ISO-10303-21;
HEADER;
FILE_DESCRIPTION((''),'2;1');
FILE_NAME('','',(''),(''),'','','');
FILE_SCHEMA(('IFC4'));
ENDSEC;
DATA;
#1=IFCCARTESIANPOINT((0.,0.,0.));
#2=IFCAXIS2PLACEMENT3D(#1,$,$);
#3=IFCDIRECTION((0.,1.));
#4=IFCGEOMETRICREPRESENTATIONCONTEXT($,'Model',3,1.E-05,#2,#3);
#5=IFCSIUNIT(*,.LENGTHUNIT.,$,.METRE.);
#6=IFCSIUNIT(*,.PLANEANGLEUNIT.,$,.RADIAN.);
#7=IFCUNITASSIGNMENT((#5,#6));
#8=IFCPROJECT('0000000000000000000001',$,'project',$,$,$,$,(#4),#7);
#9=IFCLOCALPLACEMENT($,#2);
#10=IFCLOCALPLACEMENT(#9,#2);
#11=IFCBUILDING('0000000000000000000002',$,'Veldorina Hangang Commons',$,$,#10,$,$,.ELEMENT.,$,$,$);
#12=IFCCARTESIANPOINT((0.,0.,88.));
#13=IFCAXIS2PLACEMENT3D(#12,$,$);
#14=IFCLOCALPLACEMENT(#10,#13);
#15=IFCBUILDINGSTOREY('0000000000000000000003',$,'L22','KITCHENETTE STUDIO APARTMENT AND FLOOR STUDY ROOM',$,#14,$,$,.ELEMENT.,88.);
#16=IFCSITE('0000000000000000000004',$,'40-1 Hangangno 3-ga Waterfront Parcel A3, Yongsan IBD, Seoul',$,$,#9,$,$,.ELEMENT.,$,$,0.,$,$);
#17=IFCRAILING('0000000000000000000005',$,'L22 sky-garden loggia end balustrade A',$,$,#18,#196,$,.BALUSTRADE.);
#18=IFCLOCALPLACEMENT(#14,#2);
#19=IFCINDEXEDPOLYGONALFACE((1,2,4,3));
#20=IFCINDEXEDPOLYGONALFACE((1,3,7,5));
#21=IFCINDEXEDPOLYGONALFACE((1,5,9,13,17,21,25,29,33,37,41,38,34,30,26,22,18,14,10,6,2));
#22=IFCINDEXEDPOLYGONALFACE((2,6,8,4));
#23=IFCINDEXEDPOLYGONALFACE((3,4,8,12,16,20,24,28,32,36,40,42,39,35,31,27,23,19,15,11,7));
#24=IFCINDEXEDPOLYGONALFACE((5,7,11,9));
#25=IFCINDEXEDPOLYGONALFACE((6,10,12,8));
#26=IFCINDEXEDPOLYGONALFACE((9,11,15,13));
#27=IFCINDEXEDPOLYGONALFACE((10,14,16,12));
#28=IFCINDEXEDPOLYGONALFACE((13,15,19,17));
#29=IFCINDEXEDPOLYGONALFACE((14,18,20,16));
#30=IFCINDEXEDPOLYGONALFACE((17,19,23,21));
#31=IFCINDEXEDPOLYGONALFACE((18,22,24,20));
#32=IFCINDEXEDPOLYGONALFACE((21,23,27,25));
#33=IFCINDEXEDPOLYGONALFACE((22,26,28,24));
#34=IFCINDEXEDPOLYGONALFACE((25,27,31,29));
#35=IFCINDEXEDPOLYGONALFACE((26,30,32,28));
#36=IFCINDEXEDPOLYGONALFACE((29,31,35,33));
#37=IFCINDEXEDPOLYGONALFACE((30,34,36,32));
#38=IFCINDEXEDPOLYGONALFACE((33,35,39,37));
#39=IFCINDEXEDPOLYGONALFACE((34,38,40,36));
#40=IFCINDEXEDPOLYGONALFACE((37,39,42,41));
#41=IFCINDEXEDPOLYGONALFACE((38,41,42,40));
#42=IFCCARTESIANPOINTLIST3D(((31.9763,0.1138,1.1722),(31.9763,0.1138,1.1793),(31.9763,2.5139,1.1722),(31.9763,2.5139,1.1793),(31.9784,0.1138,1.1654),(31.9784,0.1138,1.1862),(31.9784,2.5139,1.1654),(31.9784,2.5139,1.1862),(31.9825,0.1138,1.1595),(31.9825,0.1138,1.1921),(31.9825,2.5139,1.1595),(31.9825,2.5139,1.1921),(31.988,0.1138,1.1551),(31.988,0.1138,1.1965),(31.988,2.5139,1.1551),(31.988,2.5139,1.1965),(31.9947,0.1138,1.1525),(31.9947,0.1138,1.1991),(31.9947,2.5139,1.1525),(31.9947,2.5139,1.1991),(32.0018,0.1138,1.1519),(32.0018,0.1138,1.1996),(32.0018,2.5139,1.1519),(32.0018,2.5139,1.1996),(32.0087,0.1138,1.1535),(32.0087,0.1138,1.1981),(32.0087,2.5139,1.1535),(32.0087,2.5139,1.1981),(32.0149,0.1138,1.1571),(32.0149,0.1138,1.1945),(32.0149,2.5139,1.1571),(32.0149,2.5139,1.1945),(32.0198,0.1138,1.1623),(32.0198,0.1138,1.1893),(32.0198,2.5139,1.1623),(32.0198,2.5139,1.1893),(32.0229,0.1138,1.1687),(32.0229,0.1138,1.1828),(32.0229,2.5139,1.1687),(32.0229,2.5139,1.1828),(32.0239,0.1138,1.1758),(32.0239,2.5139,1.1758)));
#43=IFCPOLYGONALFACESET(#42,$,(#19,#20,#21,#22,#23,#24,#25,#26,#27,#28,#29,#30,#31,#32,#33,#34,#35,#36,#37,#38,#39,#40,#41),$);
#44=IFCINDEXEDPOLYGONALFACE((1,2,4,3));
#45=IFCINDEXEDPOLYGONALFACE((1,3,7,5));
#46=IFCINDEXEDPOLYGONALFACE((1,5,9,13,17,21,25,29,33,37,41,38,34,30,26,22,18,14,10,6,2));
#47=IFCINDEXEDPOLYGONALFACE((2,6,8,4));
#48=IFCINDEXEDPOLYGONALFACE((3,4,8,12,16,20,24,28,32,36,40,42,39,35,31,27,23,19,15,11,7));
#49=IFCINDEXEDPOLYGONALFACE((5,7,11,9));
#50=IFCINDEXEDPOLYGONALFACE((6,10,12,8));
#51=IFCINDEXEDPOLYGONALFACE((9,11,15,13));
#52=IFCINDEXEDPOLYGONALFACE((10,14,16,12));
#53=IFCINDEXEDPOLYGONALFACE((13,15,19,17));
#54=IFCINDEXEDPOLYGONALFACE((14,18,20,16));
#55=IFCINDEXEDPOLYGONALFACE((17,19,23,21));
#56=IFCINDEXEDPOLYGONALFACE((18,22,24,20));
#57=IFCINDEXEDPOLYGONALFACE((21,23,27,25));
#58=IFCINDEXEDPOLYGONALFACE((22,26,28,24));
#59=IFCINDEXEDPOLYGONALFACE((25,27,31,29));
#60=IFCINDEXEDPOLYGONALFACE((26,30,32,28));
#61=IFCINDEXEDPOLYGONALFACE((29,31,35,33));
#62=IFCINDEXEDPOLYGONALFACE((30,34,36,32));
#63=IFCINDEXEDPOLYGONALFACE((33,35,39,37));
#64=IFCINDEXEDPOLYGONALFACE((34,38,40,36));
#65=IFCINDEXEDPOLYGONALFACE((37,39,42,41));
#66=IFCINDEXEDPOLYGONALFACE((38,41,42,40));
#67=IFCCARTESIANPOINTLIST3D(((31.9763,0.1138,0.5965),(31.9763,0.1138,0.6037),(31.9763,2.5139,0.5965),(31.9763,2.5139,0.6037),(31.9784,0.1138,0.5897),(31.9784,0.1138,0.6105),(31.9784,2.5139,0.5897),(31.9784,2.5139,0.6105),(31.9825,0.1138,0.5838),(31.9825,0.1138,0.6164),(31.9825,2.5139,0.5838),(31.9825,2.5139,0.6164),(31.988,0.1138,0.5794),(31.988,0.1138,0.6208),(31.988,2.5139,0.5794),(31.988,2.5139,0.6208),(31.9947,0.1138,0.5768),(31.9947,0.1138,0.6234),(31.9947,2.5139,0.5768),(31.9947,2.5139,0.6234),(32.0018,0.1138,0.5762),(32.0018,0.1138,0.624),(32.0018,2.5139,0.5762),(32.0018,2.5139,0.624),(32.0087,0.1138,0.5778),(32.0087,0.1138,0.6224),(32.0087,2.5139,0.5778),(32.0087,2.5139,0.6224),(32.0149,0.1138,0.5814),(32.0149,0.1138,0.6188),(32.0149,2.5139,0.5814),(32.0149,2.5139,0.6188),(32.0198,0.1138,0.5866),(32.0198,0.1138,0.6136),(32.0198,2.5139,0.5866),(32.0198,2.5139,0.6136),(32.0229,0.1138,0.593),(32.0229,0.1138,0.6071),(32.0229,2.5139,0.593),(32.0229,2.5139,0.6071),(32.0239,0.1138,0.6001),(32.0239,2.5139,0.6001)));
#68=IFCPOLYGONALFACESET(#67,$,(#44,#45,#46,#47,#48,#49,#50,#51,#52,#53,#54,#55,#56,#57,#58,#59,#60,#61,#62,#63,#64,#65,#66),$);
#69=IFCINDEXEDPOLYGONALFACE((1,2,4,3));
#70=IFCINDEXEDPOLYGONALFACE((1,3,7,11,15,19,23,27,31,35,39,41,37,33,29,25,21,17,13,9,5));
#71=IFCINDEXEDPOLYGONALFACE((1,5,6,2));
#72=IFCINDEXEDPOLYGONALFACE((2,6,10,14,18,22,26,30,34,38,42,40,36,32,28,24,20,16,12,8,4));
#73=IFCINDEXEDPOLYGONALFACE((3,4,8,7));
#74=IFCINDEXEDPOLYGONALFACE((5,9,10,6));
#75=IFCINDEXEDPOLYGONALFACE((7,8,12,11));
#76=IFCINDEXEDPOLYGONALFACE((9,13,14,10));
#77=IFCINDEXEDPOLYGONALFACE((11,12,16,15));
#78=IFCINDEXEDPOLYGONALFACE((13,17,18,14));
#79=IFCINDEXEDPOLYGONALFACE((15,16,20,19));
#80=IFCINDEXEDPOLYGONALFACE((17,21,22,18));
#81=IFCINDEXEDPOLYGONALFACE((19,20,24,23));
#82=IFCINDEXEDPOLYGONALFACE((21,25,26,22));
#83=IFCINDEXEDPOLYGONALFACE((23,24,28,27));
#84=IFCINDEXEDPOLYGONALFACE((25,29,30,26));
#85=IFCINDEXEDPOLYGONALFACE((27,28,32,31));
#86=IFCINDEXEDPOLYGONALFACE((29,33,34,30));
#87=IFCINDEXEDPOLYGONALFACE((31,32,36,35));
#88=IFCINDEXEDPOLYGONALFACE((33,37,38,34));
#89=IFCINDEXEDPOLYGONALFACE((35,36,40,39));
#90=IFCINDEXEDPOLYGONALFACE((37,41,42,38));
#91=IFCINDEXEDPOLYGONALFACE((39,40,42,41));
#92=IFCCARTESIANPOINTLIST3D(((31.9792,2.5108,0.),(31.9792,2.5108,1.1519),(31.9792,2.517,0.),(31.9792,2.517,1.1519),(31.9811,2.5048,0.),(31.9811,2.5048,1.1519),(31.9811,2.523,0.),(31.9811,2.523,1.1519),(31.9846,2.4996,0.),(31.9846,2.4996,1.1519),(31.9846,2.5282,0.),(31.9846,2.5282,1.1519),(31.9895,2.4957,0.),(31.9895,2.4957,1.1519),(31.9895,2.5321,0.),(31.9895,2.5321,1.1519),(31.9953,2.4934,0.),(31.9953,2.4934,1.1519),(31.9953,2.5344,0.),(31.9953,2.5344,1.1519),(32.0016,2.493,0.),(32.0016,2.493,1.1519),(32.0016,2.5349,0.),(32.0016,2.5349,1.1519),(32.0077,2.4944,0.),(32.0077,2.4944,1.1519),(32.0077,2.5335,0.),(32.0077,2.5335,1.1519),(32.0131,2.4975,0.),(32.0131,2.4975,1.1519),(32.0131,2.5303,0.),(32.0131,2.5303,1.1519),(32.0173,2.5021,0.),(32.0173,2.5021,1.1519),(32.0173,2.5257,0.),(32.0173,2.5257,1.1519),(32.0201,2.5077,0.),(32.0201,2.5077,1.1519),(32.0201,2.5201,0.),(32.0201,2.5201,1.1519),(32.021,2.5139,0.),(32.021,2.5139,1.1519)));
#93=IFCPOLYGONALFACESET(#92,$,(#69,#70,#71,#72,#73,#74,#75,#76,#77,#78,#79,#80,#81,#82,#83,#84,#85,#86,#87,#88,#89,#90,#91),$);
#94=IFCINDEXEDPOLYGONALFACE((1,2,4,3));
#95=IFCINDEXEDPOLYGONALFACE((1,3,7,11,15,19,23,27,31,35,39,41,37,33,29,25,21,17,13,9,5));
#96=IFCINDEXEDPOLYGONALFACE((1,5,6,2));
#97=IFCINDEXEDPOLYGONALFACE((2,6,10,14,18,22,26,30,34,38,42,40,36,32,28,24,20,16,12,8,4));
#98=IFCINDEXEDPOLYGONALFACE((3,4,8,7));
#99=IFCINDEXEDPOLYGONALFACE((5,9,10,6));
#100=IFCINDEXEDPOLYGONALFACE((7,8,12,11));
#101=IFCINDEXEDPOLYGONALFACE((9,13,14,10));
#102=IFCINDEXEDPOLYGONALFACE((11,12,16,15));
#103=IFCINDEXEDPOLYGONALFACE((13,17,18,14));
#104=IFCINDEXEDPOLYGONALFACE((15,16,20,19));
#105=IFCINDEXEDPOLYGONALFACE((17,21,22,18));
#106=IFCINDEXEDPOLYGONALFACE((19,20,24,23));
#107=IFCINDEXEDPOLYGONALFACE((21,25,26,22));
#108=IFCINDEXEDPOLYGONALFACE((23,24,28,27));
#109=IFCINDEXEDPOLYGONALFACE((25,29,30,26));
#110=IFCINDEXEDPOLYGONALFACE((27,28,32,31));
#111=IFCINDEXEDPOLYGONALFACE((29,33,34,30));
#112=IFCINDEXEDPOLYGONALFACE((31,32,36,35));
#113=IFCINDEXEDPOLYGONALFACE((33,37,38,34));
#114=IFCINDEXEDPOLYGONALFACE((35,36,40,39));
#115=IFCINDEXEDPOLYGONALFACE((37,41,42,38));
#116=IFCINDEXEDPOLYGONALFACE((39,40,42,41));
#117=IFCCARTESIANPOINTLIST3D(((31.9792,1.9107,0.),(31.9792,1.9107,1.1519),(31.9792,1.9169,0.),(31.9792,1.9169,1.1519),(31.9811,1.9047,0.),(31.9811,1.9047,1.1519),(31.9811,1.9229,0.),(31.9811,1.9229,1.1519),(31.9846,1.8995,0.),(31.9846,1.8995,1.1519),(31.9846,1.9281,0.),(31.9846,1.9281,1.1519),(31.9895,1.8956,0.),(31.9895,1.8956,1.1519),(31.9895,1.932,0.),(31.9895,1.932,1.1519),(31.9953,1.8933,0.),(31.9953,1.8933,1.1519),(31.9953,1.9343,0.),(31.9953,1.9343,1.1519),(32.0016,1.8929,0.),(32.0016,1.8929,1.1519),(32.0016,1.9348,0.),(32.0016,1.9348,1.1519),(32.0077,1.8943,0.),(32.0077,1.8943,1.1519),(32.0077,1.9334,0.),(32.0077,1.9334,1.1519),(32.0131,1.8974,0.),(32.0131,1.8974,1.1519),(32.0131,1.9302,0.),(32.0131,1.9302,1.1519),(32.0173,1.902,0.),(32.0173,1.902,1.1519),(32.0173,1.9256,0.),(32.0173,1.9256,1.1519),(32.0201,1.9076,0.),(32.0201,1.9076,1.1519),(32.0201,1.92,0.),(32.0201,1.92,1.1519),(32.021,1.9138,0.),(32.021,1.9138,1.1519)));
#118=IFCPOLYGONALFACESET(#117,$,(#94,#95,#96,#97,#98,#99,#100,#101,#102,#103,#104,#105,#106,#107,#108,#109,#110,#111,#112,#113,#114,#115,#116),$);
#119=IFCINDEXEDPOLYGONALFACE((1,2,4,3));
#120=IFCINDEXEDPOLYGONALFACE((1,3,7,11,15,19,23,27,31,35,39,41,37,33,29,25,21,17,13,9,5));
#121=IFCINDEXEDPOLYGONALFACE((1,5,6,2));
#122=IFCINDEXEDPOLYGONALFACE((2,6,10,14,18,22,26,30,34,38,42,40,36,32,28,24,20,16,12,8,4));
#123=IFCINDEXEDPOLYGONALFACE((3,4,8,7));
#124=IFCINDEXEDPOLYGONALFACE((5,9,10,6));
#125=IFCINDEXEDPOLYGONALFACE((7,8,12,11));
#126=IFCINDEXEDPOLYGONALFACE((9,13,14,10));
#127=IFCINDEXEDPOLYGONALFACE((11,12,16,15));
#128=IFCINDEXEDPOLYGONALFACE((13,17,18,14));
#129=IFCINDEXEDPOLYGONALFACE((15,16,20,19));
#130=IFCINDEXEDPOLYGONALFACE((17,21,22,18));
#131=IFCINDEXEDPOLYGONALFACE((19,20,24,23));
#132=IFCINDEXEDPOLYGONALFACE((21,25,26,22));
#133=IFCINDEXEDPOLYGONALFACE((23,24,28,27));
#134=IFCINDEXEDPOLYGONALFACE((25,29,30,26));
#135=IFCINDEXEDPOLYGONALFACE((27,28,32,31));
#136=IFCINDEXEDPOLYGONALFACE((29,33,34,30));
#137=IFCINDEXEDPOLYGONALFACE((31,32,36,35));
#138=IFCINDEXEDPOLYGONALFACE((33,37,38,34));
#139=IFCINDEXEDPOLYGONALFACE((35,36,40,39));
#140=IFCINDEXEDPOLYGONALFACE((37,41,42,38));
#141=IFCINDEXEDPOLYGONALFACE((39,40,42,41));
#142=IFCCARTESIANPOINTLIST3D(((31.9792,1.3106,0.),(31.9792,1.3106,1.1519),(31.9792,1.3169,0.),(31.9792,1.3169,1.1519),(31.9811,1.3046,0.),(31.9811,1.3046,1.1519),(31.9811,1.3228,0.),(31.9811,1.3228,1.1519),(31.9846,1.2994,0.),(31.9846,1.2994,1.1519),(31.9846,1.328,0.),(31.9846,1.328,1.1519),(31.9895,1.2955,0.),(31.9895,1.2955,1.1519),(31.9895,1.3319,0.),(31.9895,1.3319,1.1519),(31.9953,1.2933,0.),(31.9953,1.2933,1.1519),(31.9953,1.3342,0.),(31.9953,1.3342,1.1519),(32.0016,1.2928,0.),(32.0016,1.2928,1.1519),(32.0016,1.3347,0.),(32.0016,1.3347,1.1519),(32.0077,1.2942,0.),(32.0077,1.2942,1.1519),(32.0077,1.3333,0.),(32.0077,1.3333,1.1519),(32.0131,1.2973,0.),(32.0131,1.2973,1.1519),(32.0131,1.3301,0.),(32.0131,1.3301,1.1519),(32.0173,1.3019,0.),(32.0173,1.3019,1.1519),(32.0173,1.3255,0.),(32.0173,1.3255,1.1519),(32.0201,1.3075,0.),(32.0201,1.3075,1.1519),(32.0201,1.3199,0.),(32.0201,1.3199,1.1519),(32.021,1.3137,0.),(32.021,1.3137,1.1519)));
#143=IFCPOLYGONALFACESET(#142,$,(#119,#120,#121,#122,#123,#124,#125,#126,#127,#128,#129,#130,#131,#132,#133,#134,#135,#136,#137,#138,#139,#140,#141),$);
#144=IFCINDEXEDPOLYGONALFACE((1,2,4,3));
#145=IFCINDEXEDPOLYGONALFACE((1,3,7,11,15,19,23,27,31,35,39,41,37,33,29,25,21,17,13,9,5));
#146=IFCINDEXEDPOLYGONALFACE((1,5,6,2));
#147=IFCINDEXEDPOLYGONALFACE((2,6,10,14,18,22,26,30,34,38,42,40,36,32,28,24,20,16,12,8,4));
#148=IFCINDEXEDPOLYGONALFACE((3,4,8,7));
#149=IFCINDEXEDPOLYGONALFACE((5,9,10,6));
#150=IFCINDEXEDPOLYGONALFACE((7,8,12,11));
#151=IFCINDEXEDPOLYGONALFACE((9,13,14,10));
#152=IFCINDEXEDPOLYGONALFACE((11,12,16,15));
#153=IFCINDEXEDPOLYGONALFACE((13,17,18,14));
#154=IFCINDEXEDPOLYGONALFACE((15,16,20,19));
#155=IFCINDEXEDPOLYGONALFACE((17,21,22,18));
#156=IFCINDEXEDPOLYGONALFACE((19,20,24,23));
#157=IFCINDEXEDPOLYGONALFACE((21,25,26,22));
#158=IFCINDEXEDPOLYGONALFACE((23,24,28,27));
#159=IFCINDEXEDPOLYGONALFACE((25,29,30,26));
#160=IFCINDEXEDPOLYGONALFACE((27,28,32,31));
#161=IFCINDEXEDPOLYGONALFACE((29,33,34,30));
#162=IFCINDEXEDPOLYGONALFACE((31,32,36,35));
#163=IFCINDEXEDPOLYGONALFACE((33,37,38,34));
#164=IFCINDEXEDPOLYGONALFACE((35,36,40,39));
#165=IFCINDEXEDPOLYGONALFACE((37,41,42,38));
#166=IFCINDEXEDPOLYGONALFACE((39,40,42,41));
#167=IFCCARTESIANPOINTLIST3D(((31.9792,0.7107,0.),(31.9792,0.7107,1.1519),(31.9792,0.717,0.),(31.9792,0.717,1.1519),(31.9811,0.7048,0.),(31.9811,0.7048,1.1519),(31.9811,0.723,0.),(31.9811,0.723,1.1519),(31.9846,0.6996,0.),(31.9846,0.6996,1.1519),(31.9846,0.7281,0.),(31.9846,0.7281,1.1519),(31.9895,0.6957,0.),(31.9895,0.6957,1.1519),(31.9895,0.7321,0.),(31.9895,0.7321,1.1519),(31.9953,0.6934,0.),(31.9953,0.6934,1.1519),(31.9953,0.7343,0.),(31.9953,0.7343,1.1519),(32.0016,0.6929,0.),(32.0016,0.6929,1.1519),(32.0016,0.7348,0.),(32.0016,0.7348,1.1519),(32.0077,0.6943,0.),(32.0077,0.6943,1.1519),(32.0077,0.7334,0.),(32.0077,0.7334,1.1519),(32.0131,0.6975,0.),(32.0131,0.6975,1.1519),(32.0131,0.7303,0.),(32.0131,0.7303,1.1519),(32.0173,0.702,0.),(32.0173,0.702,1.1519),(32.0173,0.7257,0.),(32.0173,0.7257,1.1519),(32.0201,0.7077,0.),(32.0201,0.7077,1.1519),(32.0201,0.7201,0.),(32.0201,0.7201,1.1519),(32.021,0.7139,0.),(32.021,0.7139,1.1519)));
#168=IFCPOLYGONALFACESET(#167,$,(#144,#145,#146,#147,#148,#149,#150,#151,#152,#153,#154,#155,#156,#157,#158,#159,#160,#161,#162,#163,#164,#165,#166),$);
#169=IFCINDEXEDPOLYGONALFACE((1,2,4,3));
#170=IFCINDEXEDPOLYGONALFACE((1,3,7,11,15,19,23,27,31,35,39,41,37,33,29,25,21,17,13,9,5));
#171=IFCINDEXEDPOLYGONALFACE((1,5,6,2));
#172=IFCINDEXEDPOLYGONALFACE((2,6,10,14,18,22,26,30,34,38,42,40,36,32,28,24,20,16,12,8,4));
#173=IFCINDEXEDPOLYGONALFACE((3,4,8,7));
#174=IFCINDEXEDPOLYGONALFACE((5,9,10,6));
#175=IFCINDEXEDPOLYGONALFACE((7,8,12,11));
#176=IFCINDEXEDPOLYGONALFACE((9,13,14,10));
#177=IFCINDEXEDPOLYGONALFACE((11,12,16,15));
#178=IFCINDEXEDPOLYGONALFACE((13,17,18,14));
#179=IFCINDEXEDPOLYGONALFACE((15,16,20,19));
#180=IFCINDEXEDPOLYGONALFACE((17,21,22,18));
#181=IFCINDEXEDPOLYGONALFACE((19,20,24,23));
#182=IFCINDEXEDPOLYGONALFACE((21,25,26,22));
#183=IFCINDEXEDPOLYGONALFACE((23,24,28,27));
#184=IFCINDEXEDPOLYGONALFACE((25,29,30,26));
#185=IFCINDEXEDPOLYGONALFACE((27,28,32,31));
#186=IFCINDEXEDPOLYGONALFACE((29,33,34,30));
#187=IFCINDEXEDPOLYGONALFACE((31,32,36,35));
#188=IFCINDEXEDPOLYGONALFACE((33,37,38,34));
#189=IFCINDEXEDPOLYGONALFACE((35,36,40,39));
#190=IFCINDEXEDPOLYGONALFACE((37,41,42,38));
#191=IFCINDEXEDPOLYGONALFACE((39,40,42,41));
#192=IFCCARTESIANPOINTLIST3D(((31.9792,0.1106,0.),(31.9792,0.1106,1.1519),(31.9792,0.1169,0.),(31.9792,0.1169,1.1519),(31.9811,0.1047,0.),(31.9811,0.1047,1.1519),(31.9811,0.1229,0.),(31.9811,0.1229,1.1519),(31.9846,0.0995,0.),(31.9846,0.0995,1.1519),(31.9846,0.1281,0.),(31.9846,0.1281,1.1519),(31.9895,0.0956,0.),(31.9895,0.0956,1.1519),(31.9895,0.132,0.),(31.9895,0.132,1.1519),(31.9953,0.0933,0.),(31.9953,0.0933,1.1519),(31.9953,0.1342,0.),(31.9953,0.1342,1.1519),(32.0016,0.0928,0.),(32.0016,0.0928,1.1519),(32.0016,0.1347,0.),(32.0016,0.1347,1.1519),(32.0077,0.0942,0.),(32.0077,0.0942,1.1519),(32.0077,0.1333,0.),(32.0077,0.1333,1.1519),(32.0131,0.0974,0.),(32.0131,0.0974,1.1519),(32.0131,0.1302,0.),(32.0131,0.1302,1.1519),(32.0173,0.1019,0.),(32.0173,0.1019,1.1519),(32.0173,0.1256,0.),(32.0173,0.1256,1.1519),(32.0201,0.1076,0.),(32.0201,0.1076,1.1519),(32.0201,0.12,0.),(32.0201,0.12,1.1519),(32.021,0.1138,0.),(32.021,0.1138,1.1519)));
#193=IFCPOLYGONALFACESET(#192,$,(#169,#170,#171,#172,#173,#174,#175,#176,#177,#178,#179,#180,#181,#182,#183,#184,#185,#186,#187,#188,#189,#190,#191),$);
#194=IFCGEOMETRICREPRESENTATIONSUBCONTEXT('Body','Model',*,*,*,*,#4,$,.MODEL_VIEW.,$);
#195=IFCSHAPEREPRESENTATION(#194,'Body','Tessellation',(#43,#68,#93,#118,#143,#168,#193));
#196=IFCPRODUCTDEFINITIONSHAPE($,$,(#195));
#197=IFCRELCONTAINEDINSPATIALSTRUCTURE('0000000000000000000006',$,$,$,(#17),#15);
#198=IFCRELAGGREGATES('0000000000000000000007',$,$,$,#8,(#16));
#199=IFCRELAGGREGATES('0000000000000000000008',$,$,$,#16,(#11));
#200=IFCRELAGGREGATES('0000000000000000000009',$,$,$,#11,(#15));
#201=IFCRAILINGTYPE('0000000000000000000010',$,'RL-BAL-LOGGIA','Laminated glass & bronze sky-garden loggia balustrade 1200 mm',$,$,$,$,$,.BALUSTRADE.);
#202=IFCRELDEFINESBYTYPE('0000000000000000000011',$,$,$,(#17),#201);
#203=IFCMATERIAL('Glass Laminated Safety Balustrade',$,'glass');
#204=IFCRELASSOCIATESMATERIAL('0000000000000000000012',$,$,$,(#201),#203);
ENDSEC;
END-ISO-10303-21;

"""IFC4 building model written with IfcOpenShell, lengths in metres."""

from ifc_helpers import new_model, si_unit, direction, frame, origin, origin_2d, place, context, subcontext, project, spatial, circle, extrude, material, type_object, element, save


model = new_model("IFC4")

# Units and contexts
model_context = context("Model", 3, precision=1e-05, world=origin(), true_north=direction((0.0, 1.0)))
body_context = subcontext(model_context, "Body", "Model", "MODEL_VIEW")
ifc_project = project(units=[si_unit("LENGTHUNIT", "METRE"), si_unit("PLANEANGLEUNIT", "RADIAN")], contexts=[model_context])

# Site, building, storey
site_placement = place(None, origin())
site = spatial("IfcSite", under=ifc_project, at=site_placement, Name="40-1 Hangangno 3-ga Waterfront Parcel A3, Yongsan IBD, Seoul", CompositionType="ELEMENT", RefElevation=0.0)
building_placement = place(site_placement, origin())
building = spatial("IfcBuilding", under=site, at=building_placement, Name="Veldorina Hangang Commons", CompositionType="ELEMENT")
storey_placement = place(building_placement, frame((0.0, 0.0, 88.0)))
storey = spatial("IfcBuildingStorey", under=building, at=storey_placement, Name="L22", Description="KITCHENETTE STUDIO APARTMENT AND FLOOR STUDY ROOM", CompositionType="ELEMENT", Elevation=88.0)

# Railing
ifc_material_1 = material(Name="Glass Laminated Safety Balustrade", Category="glass")
railing_type = type_object("IfcRailingType", Name="RL-BAL-LOGGIA", Description="Laminated glass & bronze sky-garden loggia balustrade 1200 mm", PredefinedType="BALUSTRADE", material=ifc_material_1)
railing_1_placement = place(storey_placement, frame((32.0, 2.5139, 0.0)))
element("IfcRailing", 1, at=railing_1_placement, inside=storey, type_object=railing_type, Name="L22 sky-garden loggia end balustrade A", PredefinedType="BALUSTRADE", context=body_context, shape_type="SweptSolid", body=[
    extrude(circle(Radius=0.0239, at=origin_2d()), frame((0.0, 0.0, 1.1758), z_axis=(0.0, -1.0, 0.0), x_axis=(1.0, 0.0, 0.0)), (0.0, 0.0, 1.0), 2.4001),
    extrude(circle(Radius=0.0239, at=origin_2d()), frame((0.0, 0.0, 0.6001), z_axis=(0.0, -1.0, 0.0), x_axis=(1.0, 0.0, 0.0)), (0.0, 0.0, 1.0), 2.4001),
    extrude(circle(Radius=0.021, at=origin_2d()), origin(), (0.0, 0.0, 1.0), 1.1519),
    extrude(circle(Radius=0.021, at=origin_2d()), frame((0.0, -0.6001, 0.0)), (0.0, 0.0, 1.0), 1.1519),
    extrude(circle(Radius=0.021, at=origin_2d()), frame((0.0, -1.2002, 0.0)), (0.0, 0.0, 1.0), 1.1519),
    extrude(circle(Radius=0.021, at=origin_2d()), frame((0.0, -1.8, 0.0)), (0.0, 0.0, 1.0), 1.1519),
    extrude(circle(Radius=0.021, at=origin_2d()), frame((0.0, -2.4001, 0.0)), (0.0, 0.0, 1.0), 1.1519),
])

save(model, "model.ifc")
